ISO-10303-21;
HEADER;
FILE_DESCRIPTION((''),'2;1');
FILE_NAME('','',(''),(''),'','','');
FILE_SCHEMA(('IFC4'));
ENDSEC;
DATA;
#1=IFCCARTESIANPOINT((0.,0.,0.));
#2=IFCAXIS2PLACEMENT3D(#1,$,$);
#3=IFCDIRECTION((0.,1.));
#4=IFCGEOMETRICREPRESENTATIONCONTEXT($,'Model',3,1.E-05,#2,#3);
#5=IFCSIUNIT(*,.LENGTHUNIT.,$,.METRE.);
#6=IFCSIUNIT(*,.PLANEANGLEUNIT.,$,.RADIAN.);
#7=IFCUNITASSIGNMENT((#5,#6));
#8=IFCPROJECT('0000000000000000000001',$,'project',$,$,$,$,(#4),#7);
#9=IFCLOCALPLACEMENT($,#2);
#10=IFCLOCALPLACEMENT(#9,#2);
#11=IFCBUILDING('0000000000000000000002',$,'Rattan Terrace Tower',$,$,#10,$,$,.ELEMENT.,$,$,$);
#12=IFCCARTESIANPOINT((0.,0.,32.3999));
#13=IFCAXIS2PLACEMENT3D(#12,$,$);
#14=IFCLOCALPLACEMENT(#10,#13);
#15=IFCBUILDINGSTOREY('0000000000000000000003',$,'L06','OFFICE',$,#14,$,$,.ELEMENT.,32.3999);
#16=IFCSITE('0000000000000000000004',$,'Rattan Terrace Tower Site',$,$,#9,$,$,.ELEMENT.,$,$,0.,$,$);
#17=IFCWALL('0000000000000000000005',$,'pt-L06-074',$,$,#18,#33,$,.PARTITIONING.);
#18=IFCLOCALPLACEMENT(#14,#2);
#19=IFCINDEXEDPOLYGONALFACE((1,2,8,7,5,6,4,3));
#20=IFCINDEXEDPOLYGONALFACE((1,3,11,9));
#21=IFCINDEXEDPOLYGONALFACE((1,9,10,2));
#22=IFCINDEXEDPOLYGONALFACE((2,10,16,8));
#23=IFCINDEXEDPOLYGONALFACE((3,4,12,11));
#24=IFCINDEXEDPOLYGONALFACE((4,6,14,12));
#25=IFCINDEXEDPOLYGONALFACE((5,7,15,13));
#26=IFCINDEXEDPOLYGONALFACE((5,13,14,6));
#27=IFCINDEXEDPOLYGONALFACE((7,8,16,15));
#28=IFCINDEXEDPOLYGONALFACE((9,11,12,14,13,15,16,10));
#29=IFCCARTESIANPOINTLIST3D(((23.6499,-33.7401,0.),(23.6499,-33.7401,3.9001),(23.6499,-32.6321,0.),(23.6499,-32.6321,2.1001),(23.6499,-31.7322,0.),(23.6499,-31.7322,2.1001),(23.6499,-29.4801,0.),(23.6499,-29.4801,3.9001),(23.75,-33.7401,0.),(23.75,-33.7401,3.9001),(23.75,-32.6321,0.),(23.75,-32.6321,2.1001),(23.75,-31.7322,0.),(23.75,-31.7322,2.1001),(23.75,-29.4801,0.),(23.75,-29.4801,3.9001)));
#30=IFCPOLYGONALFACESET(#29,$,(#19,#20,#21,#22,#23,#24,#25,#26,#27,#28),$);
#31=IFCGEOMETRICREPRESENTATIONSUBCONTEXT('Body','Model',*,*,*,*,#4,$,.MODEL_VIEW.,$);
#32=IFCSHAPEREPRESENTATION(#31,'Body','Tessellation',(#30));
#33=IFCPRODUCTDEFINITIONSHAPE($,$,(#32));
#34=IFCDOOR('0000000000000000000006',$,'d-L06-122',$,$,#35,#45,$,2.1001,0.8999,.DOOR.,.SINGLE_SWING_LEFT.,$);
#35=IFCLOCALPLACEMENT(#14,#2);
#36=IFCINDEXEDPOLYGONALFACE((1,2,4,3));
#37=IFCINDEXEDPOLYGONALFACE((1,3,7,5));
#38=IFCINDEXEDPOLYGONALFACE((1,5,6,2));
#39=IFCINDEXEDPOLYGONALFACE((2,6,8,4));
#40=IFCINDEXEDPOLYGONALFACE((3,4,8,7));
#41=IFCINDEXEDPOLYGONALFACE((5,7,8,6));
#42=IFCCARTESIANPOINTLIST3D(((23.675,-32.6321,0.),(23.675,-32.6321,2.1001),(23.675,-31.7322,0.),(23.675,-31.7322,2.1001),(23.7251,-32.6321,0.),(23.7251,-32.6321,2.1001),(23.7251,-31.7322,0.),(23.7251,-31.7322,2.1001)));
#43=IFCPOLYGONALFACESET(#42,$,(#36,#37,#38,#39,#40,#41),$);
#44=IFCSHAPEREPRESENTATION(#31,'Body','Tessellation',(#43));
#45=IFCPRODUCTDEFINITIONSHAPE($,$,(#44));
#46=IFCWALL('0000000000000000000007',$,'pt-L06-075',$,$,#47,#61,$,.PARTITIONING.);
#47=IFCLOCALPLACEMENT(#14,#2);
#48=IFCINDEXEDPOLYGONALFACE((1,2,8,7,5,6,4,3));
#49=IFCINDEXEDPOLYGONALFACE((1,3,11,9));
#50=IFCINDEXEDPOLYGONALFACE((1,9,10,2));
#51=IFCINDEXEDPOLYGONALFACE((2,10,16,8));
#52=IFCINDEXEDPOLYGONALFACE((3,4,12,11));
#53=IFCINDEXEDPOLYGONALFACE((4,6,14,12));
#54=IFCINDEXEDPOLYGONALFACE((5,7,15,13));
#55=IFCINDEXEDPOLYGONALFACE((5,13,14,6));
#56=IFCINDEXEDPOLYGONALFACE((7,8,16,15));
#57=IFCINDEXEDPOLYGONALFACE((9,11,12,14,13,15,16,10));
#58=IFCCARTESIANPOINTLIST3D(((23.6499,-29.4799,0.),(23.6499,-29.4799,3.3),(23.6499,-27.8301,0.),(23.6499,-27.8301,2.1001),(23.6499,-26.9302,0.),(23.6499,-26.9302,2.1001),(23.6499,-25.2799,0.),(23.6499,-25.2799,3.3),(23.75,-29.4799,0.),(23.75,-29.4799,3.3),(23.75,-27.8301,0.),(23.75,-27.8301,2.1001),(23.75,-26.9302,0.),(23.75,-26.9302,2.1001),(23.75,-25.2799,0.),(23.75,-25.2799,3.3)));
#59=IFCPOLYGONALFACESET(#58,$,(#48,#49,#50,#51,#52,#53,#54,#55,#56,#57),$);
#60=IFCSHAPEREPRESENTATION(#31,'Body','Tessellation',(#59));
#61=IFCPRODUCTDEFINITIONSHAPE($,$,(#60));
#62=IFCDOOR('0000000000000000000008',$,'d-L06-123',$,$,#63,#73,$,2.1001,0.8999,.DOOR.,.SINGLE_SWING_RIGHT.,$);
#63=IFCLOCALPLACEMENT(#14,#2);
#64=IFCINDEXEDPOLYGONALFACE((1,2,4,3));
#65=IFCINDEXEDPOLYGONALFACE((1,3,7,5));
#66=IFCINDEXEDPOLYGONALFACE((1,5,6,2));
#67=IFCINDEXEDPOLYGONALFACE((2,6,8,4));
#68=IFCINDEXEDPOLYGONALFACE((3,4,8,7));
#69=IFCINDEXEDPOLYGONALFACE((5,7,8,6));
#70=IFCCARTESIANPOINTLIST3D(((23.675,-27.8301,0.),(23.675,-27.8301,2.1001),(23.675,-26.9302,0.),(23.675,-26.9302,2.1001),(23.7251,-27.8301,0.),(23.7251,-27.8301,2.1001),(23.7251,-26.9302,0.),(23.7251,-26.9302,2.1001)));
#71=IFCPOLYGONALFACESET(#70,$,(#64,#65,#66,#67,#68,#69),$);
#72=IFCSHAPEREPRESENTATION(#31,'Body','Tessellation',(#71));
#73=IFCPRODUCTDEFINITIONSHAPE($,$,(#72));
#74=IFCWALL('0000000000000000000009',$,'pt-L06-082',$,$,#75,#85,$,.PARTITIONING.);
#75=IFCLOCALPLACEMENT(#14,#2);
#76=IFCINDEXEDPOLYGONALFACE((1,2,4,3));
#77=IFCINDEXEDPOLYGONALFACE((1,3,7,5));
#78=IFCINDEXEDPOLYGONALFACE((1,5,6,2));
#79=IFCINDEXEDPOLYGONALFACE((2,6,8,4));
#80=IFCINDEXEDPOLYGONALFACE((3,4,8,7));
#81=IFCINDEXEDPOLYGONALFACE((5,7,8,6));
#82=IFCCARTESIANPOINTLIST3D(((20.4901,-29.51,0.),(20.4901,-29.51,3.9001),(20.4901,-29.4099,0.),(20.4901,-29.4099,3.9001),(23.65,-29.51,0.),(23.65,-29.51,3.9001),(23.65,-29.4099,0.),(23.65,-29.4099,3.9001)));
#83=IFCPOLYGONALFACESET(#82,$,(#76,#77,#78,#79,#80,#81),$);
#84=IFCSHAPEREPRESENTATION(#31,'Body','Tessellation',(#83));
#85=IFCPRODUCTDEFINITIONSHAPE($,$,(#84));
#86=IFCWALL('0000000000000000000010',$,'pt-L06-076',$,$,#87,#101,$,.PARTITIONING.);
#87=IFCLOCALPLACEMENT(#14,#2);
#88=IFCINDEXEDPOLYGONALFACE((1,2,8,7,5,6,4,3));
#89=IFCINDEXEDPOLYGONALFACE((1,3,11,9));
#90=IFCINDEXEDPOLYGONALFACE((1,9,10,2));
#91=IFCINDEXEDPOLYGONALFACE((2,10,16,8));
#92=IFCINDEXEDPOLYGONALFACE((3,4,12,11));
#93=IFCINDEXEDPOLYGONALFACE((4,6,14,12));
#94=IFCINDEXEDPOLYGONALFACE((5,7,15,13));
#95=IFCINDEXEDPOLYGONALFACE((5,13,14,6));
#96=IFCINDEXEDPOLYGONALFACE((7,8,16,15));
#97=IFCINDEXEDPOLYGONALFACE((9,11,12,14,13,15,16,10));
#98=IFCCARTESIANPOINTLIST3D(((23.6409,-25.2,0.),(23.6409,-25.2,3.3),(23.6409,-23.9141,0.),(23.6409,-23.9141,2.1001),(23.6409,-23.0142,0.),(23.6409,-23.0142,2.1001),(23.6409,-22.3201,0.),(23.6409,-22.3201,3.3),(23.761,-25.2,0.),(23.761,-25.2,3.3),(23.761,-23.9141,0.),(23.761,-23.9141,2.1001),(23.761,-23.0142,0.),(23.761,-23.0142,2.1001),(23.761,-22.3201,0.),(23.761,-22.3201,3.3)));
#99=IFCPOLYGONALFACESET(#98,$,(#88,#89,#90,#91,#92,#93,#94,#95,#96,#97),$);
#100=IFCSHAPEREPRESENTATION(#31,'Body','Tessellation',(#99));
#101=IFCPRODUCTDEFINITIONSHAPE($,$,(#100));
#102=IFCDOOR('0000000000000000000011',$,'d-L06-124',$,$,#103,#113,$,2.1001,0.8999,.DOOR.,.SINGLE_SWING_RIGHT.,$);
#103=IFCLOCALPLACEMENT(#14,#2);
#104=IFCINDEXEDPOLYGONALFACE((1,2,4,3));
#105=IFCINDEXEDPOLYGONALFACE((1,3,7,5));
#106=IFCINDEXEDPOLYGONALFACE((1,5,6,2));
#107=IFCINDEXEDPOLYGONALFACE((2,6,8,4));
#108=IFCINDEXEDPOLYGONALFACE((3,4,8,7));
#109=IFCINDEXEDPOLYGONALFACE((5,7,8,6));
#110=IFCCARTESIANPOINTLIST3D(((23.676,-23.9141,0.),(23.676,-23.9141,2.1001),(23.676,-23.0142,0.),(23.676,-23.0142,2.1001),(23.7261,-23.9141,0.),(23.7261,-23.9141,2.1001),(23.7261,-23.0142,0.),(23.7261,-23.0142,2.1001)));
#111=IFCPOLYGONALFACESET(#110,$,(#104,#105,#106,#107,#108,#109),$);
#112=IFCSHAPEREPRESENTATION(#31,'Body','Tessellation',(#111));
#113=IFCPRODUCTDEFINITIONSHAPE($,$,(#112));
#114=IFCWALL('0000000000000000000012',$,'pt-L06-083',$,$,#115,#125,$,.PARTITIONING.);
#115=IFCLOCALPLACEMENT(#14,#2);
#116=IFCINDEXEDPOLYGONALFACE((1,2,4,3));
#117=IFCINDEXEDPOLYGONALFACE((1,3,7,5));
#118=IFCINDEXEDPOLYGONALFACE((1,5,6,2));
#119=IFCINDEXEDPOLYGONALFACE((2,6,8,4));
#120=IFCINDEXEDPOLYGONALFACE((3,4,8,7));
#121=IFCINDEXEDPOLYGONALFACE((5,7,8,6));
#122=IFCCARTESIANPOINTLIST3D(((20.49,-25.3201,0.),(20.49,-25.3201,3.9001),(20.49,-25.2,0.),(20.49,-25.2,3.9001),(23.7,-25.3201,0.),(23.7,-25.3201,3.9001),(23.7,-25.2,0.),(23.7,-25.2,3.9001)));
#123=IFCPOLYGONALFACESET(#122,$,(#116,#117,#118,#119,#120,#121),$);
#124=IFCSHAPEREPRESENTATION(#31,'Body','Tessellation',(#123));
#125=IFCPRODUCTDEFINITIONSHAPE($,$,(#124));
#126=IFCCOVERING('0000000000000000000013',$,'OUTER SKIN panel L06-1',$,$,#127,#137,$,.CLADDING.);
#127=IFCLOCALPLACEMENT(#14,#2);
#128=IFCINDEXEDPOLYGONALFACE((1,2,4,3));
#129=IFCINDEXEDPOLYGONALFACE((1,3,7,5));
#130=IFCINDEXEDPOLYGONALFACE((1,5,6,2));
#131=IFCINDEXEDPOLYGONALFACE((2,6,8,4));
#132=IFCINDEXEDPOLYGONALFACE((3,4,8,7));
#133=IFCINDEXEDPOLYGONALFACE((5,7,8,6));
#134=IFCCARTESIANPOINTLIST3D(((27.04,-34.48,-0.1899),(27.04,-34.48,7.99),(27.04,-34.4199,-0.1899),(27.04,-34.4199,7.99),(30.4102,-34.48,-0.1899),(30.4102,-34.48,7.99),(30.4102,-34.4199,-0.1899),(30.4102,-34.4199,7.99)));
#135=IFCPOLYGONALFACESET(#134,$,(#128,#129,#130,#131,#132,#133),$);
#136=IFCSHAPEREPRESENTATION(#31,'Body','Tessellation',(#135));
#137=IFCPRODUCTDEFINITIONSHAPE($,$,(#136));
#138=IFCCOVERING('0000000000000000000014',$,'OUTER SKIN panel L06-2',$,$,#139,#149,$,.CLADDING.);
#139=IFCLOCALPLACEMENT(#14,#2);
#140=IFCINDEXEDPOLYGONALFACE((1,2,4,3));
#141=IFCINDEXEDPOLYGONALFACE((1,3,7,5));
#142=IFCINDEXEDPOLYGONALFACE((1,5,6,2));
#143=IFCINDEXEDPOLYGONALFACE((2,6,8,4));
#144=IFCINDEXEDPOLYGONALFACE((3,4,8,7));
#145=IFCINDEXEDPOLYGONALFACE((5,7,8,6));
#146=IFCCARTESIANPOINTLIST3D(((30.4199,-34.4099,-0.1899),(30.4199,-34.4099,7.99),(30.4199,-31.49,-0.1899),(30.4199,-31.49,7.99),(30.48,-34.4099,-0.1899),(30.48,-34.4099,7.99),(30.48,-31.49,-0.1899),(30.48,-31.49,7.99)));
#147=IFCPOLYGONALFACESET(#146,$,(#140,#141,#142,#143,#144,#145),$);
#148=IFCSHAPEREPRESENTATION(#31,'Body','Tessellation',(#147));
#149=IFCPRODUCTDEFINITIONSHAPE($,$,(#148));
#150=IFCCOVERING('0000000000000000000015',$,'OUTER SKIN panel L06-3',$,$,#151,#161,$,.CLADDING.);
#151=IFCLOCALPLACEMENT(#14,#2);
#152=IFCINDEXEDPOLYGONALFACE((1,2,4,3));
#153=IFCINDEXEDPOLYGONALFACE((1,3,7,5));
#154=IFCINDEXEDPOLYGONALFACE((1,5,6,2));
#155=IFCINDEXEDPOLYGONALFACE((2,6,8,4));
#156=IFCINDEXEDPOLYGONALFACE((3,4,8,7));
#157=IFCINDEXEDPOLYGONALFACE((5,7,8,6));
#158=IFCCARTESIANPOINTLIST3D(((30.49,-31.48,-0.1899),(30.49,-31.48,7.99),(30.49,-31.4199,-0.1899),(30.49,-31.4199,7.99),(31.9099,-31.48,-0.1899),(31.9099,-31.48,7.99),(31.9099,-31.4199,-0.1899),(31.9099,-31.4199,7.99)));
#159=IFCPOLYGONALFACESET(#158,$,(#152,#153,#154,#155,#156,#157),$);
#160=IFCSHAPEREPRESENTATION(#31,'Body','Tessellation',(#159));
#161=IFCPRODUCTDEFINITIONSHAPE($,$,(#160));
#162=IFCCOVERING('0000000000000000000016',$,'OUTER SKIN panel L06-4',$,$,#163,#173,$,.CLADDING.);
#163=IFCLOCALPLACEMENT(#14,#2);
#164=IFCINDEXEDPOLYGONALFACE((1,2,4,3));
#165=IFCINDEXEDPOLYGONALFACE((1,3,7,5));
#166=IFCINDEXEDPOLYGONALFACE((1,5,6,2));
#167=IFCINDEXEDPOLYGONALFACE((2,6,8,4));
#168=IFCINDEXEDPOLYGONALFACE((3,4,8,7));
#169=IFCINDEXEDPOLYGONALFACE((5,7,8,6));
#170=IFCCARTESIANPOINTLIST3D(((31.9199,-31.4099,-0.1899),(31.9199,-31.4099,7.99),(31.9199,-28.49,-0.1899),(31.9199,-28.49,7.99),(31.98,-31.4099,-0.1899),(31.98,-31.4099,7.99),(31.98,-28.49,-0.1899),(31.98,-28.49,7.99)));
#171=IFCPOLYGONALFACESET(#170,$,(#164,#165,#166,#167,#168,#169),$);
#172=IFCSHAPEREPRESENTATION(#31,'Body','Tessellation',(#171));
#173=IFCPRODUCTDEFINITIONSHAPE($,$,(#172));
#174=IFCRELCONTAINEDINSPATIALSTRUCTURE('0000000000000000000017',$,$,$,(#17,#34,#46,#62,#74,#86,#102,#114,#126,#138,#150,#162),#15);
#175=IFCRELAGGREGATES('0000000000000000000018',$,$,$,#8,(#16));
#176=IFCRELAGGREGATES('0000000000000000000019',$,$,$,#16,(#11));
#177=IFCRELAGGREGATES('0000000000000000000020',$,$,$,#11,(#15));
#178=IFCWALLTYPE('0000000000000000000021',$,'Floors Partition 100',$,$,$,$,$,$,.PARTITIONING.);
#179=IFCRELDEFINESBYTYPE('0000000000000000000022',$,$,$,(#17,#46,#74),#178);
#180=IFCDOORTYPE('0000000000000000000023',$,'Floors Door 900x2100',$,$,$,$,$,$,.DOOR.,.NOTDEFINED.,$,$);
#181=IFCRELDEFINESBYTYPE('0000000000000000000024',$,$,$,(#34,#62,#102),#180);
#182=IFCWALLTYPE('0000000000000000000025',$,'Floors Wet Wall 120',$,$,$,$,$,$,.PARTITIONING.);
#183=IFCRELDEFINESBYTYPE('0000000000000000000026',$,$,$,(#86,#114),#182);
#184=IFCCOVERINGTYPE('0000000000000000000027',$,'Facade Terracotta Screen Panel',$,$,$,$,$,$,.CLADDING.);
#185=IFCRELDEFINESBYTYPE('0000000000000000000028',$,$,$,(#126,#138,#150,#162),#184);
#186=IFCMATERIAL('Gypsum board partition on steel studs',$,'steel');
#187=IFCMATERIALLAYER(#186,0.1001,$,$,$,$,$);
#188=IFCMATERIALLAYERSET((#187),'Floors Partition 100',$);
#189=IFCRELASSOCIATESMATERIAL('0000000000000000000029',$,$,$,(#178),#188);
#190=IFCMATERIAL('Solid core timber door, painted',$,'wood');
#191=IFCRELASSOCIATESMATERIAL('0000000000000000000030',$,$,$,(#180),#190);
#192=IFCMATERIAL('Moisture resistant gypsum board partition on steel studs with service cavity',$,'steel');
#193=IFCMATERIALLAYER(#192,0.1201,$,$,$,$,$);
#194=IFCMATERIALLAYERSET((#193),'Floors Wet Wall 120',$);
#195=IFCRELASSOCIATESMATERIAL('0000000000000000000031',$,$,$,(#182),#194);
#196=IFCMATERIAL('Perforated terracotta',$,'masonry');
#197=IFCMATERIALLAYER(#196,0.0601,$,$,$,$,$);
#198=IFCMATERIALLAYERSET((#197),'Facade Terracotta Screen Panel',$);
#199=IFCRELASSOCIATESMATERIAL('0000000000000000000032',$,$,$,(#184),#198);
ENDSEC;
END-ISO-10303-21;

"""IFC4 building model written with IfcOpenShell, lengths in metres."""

from ifc_helpers import new_model, si_unit, direction, frame, frame_2d, origin, origin_2d, place, context, subcontext, project, spatial, rectangle, extrude, material, layer, layer_set, type_object, element, fill, save


model = new_model("IFC4")

# Units and contexts
model_context = context("Model", 3, precision=1e-05, world=origin(), true_north=direction((0.0, 1.0)))
body_context = subcontext(model_context, "Body", "Model", "MODEL_VIEW")
ifc_project = project(units=[si_unit("LENGTHUNIT", "METRE"), si_unit("PLANEANGLEUNIT", "RADIAN")], contexts=[model_context])

# Site, building, storey
site_placement = place(None, origin())
site = spatial("IfcSite", under=ifc_project, at=site_placement, Name="Rattan Terrace Tower Site", CompositionType="ELEMENT", RefElevation=0.0)
building_placement = place(site_placement, origin())
building = spatial("IfcBuilding", under=site, at=building_placement, Name="Rattan Terrace Tower", CompositionType="ELEMENT")
storey_placement = place(building_placement, frame((0.0, 0.0, 32.3999)))
storey = spatial("IfcBuildingStorey", under=building, at=storey_placement, Name="L06", Description="OFFICE", CompositionType="ELEMENT", Elevation=32.3999)

# Walls, openings, doors
ifc_material_1 = material(Name="Gypsum board partition on steel studs", Category="steel")
ifc_layer_1 = layer(ifc_material_1, 0.1001)
ifc_layer_set_1 = layer_set([ifc_layer_1], Name="Floors Partition 100")
wall_type_1 = type_object("IfcWallType", Name="Floors Partition 100", PredefinedType="PARTITIONING", material=ifc_layer_set_1)
wall_1_placement = place(storey_placement, frame((23.7, -33.74, 0.0), z_axis=(0.0, 0.0, 1.0), x_axis=(0.0, 1.0, 0.0)))
wall_1 = element("IfcWall", 1, at=wall_1_placement, inside=storey, type_object=wall_type_1, Name="pt-L06-074", PredefinedType="PARTITIONING", context=body_context, shape_type="SweptSolid", body=[
    extrude(rectangle(XDim=4.26, YDim=0.1001, at=frame_2d((2.1299, 0.0))), origin(), (0.0, 0.0, 1.0), 3.9001),
])
opening_1_placement = place(wall_1_placement, frame((1.1079, 0.0, 0.0)))
opening_1 = element("IfcOpeningElement", 2, at=opening_1_placement, cuts=wall_1, PredefinedType="OPENING", context=body_context, shape_type="SweptSolid", body=[
    extrude(rectangle(XDim=0.8999, YDim=2.1001, at=frame_2d((0.45, 1.05))), frame((0.0, 0.0605, 0.0), z_axis=(0.0, -1.0, 0.0), x_axis=(1.0, 0.0, 0.0)), (0.0, 0.0, 1.0), 0.1211),
])
ifc_material_2 = material(Name="Solid core timber door, painted", Category="wood")
door_type = type_object("IfcDoorType", Name="Floors Door 900x2100", OperationType="NOTDEFINED", PredefinedType="DOOR", material=ifc_material_2)
door_1_placement = place(opening_1_placement, origin())
door_1 = element("IfcDoor", 3, at=door_1_placement, inside=storey, type_object=door_type, Name="d-L06-122", OperationType="SINGLE_SWING_LEFT", OverallHeight=2.1001, OverallWidth=0.8999, PredefinedType="DOOR", context=body_context, shape_type="SweptSolid", body=[
    extrude(rectangle(XDim=0.8999, YDim=2.1001, at=frame_2d((0.45, 1.05))), frame((0.0, 0.0249, 0.0), z_axis=(0.0, -1.0, 0.0), x_axis=(1.0, 0.0, 0.0)), (0.0, 0.0, 1.0), 0.05),
])
fill(opening_1, door_1)
wall_2_placement = place(storey_placement, frame((23.7, -29.48, 0.0), z_axis=(0.0, 0.0, 1.0), x_axis=(0.0, 1.0, 0.0)))
wall_2 = element("IfcWall", 4, at=wall_2_placement, inside=storey, type_object=wall_type_1, Name="pt-L06-075", PredefinedType="PARTITIONING", context=body_context, shape_type="SweptSolid", body=[
    extrude(rectangle(XDim=4.2, YDim=0.1001, at=frame_2d((2.1001, 0.0))), origin(), (0.0, 0.0, 1.0), 3.3),
])
opening_2_placement = place(wall_2_placement, frame((1.6499, 0.0, 0.0)))
opening_2 = element("IfcOpeningElement", 5, at=opening_2_placement, cuts=wall_2, PredefinedType="OPENING", context=body_context, shape_type="SweptSolid", body=[
    extrude(rectangle(XDim=0.8999, YDim=2.1001, at=frame_2d((0.45, 1.05))), frame((0.0, 0.0605, 0.0), z_axis=(0.0, -1.0, 0.0), x_axis=(1.0, 0.0, 0.0)), (0.0, 0.0, 1.0), 0.1211),
])
door_2_placement = place(opening_2_placement, origin())
door_2 = element("IfcDoor", 6, at=door_2_placement, inside=storey, type_object=door_type, Name="d-L06-123", OperationType="SINGLE_SWING_RIGHT", OverallHeight=2.1001, OverallWidth=0.8999, PredefinedType="DOOR", context=body_context, shape_type="SweptSolid", body=[
    extrude(rectangle(XDim=0.8999, YDim=2.1001, at=frame_2d((0.45, 1.05))), frame((0.0, 0.0249, 0.0), z_axis=(0.0, -1.0, 0.0), x_axis=(1.0, 0.0, 0.0)), (0.0, 0.0, 1.0), 0.05),
])
fill(opening_2, door_2)

# Wall
wall_3_placement = place(storey_placement, frame((20.49, -29.46, 0.0), z_axis=(0.0, 0.0, 1.0), x_axis=(1.0, 0.0, 0.0)))
element("IfcWall", 7, at=wall_3_placement, inside=storey, type_object=wall_type_1, Name="pt-L06-082", PredefinedType="PARTITIONING", context=body_context, shape_type="SweptSolid", body=[
    extrude(rectangle(XDim=3.1599, YDim=0.1001, at=frame_2d((1.5801, 0.0))), origin(), (0.0, 0.0, 1.0), 3.9001),
])

# Wall, opening, door
ifc_material_3 = material(Name="Moisture resistant gypsum board partition on steel studs with service cavity", Category="steel")
ifc_layer_2 = layer(ifc_material_3, 0.1201)
ifc_layer_set_2 = layer_set([ifc_layer_2], Name="Floors Wet Wall 120")
wall_type_2 = type_object("IfcWallType", Name="Floors Wet Wall 120", PredefinedType="PARTITIONING", material=ifc_layer_set_2)
wall_4_placement = place(storey_placement, frame((23.7009, -25.2, 0.0), z_axis=(0.0, 0.0, 1.0), x_axis=(0.0, 1.0, 0.0)))
wall_4 = element("IfcWall", 8, at=wall_4_placement, inside=storey, type_object=wall_type_2, Name="pt-L06-076", PredefinedType="PARTITIONING", context=body_context, shape_type="SweptSolid", body=[
    extrude(rectangle(XDim=2.8799, YDim=0.1201, at=frame_2d((1.4399, 0.0))), origin(), (0.0, 0.0, 1.0), 3.3),
])
opening_3_placement = place(wall_4_placement, frame((1.2859, 0.0, 0.0)))
opening_3 = element("IfcOpeningElement", 9, at=opening_3_placement, cuts=wall_4, PredefinedType="OPENING", context=body_context, shape_type="SweptSolid", body=[
    extrude(rectangle(XDim=0.8999, YDim=2.1001, at=frame_2d((0.45, 1.05))), frame((0.0, 0.0706, 0.0), z_axis=(0.0, -1.0, 0.0), x_axis=(1.0, 0.0, 0.0)), (0.0, 0.0, 1.0), 0.1411),
])
door_3_placement = place(opening_3_placement, origin())
door_3 = element("IfcDoor", 10, at=door_3_placement, inside=storey, type_object=door_type, Name="d-L06-124", OperationType="SINGLE_SWING_RIGHT", OverallHeight=2.1001, OverallWidth=0.8999, PredefinedType="DOOR", context=body_context, shape_type="SweptSolid", body=[
    extrude(rectangle(XDim=0.8999, YDim=2.1001, at=frame_2d((0.45, 1.05))), frame((0.0, 0.0249, 0.0), z_axis=(0.0, -1.0, 0.0), x_axis=(1.0, 0.0, 0.0)), (0.0, 0.0, 1.0), 0.05),
])
fill(opening_3, door_3)

# Wall
wall_5_placement = place(storey_placement, frame((20.49, -25.26, 0.0), z_axis=(0.0, 0.0, 1.0), x_axis=(1.0, 0.0, 0.0)))
element("IfcWall", 11, at=wall_5_placement, inside=storey, type_object=wall_type_2, Name="pt-L06-083", PredefinedType="PARTITIONING", context=body_context, shape_type="SweptSolid", body=[
    extrude(rectangle(XDim=3.21, YDim=0.1201, at=frame_2d((1.605, 0.0))), origin(), (0.0, 0.0, 1.0), 3.9001),
])

# Coverings
ifc_material_4 = material(Name="Perforated terracotta", Category="masonry")
ifc_layer_3 = layer(ifc_material_4, 0.0601)
ifc_layer_set_3 = layer_set([ifc_layer_3], Name="Facade Terracotta Screen Panel")
covering_type = type_object("IfcCoveringType", Name="Facade Terracotta Screen Panel", PredefinedType="CLADDING", material=ifc_layer_set_3)
covering_1_placement = place(storey_placement, frame((28.7251, -34.45, -0.1899), z_axis=(0.0, 0.0, 1.0), x_axis=(1.0, 0.0, 0.0)))
element("IfcCovering", 12, at=covering_1_placement, inside=storey, type_object=covering_type, Name="OUTER SKIN panel L06-1", PredefinedType="CLADDING", context=body_context, shape_type="SweptSolid", body=[
    extrude(rectangle(XDim=3.3701, YDim=0.0601, at=origin_2d()), origin(), (0.0, 0.0, 1.0), 8.1799),
])
covering_2_placement = place(storey_placement, frame((30.45, -32.95, -0.1899), z_axis=(0.0, 0.0, 1.0), x_axis=(0.0, 1.0, 0.0)))
element("IfcCovering", 13, at=covering_2_placement, inside=storey, type_object=covering_type, Name="OUTER SKIN panel L06-2", PredefinedType="CLADDING", context=body_context, shape_type="SweptSolid", body=[
    extrude(rectangle(XDim=2.9199, YDim=0.0601, at=origin_2d()), origin(), (0.0, 0.0, 1.0), 8.1799),
])
covering_3_placement = place(storey_placement, frame((31.2, -31.45, -0.1899), z_axis=(0.0, 0.0, 1.0), x_axis=(1.0, 0.0, 0.0)))
element("IfcCovering", 14, at=covering_3_placement, inside=storey, type_object=covering_type, Name="OUTER SKIN panel L06-3", PredefinedType="CLADDING", context=body_context, shape_type="SweptSolid", body=[
    extrude(rectangle(XDim=1.4199, YDim=0.0601, at=origin_2d()), origin(), (0.0, 0.0, 1.0), 8.1799),
])
covering_4_placement = place(storey_placement, frame((31.95, -29.95, -0.1899), z_axis=(0.0, 0.0, 1.0), x_axis=(0.0, 1.0, 0.0)))
element("IfcCovering", 15, at=covering_4_placement, inside=storey, type_object=covering_type, Name="OUTER SKIN panel L06-4", PredefinedType="CLADDING", context=body_context, shape_type="SweptSolid", body=[
    extrude(rectangle(XDim=2.9199, YDim=0.0601, at=origin_2d()), origin(), (0.0, 0.0, 1.0), 8.1799),
])

save(model, "model.ifc")
